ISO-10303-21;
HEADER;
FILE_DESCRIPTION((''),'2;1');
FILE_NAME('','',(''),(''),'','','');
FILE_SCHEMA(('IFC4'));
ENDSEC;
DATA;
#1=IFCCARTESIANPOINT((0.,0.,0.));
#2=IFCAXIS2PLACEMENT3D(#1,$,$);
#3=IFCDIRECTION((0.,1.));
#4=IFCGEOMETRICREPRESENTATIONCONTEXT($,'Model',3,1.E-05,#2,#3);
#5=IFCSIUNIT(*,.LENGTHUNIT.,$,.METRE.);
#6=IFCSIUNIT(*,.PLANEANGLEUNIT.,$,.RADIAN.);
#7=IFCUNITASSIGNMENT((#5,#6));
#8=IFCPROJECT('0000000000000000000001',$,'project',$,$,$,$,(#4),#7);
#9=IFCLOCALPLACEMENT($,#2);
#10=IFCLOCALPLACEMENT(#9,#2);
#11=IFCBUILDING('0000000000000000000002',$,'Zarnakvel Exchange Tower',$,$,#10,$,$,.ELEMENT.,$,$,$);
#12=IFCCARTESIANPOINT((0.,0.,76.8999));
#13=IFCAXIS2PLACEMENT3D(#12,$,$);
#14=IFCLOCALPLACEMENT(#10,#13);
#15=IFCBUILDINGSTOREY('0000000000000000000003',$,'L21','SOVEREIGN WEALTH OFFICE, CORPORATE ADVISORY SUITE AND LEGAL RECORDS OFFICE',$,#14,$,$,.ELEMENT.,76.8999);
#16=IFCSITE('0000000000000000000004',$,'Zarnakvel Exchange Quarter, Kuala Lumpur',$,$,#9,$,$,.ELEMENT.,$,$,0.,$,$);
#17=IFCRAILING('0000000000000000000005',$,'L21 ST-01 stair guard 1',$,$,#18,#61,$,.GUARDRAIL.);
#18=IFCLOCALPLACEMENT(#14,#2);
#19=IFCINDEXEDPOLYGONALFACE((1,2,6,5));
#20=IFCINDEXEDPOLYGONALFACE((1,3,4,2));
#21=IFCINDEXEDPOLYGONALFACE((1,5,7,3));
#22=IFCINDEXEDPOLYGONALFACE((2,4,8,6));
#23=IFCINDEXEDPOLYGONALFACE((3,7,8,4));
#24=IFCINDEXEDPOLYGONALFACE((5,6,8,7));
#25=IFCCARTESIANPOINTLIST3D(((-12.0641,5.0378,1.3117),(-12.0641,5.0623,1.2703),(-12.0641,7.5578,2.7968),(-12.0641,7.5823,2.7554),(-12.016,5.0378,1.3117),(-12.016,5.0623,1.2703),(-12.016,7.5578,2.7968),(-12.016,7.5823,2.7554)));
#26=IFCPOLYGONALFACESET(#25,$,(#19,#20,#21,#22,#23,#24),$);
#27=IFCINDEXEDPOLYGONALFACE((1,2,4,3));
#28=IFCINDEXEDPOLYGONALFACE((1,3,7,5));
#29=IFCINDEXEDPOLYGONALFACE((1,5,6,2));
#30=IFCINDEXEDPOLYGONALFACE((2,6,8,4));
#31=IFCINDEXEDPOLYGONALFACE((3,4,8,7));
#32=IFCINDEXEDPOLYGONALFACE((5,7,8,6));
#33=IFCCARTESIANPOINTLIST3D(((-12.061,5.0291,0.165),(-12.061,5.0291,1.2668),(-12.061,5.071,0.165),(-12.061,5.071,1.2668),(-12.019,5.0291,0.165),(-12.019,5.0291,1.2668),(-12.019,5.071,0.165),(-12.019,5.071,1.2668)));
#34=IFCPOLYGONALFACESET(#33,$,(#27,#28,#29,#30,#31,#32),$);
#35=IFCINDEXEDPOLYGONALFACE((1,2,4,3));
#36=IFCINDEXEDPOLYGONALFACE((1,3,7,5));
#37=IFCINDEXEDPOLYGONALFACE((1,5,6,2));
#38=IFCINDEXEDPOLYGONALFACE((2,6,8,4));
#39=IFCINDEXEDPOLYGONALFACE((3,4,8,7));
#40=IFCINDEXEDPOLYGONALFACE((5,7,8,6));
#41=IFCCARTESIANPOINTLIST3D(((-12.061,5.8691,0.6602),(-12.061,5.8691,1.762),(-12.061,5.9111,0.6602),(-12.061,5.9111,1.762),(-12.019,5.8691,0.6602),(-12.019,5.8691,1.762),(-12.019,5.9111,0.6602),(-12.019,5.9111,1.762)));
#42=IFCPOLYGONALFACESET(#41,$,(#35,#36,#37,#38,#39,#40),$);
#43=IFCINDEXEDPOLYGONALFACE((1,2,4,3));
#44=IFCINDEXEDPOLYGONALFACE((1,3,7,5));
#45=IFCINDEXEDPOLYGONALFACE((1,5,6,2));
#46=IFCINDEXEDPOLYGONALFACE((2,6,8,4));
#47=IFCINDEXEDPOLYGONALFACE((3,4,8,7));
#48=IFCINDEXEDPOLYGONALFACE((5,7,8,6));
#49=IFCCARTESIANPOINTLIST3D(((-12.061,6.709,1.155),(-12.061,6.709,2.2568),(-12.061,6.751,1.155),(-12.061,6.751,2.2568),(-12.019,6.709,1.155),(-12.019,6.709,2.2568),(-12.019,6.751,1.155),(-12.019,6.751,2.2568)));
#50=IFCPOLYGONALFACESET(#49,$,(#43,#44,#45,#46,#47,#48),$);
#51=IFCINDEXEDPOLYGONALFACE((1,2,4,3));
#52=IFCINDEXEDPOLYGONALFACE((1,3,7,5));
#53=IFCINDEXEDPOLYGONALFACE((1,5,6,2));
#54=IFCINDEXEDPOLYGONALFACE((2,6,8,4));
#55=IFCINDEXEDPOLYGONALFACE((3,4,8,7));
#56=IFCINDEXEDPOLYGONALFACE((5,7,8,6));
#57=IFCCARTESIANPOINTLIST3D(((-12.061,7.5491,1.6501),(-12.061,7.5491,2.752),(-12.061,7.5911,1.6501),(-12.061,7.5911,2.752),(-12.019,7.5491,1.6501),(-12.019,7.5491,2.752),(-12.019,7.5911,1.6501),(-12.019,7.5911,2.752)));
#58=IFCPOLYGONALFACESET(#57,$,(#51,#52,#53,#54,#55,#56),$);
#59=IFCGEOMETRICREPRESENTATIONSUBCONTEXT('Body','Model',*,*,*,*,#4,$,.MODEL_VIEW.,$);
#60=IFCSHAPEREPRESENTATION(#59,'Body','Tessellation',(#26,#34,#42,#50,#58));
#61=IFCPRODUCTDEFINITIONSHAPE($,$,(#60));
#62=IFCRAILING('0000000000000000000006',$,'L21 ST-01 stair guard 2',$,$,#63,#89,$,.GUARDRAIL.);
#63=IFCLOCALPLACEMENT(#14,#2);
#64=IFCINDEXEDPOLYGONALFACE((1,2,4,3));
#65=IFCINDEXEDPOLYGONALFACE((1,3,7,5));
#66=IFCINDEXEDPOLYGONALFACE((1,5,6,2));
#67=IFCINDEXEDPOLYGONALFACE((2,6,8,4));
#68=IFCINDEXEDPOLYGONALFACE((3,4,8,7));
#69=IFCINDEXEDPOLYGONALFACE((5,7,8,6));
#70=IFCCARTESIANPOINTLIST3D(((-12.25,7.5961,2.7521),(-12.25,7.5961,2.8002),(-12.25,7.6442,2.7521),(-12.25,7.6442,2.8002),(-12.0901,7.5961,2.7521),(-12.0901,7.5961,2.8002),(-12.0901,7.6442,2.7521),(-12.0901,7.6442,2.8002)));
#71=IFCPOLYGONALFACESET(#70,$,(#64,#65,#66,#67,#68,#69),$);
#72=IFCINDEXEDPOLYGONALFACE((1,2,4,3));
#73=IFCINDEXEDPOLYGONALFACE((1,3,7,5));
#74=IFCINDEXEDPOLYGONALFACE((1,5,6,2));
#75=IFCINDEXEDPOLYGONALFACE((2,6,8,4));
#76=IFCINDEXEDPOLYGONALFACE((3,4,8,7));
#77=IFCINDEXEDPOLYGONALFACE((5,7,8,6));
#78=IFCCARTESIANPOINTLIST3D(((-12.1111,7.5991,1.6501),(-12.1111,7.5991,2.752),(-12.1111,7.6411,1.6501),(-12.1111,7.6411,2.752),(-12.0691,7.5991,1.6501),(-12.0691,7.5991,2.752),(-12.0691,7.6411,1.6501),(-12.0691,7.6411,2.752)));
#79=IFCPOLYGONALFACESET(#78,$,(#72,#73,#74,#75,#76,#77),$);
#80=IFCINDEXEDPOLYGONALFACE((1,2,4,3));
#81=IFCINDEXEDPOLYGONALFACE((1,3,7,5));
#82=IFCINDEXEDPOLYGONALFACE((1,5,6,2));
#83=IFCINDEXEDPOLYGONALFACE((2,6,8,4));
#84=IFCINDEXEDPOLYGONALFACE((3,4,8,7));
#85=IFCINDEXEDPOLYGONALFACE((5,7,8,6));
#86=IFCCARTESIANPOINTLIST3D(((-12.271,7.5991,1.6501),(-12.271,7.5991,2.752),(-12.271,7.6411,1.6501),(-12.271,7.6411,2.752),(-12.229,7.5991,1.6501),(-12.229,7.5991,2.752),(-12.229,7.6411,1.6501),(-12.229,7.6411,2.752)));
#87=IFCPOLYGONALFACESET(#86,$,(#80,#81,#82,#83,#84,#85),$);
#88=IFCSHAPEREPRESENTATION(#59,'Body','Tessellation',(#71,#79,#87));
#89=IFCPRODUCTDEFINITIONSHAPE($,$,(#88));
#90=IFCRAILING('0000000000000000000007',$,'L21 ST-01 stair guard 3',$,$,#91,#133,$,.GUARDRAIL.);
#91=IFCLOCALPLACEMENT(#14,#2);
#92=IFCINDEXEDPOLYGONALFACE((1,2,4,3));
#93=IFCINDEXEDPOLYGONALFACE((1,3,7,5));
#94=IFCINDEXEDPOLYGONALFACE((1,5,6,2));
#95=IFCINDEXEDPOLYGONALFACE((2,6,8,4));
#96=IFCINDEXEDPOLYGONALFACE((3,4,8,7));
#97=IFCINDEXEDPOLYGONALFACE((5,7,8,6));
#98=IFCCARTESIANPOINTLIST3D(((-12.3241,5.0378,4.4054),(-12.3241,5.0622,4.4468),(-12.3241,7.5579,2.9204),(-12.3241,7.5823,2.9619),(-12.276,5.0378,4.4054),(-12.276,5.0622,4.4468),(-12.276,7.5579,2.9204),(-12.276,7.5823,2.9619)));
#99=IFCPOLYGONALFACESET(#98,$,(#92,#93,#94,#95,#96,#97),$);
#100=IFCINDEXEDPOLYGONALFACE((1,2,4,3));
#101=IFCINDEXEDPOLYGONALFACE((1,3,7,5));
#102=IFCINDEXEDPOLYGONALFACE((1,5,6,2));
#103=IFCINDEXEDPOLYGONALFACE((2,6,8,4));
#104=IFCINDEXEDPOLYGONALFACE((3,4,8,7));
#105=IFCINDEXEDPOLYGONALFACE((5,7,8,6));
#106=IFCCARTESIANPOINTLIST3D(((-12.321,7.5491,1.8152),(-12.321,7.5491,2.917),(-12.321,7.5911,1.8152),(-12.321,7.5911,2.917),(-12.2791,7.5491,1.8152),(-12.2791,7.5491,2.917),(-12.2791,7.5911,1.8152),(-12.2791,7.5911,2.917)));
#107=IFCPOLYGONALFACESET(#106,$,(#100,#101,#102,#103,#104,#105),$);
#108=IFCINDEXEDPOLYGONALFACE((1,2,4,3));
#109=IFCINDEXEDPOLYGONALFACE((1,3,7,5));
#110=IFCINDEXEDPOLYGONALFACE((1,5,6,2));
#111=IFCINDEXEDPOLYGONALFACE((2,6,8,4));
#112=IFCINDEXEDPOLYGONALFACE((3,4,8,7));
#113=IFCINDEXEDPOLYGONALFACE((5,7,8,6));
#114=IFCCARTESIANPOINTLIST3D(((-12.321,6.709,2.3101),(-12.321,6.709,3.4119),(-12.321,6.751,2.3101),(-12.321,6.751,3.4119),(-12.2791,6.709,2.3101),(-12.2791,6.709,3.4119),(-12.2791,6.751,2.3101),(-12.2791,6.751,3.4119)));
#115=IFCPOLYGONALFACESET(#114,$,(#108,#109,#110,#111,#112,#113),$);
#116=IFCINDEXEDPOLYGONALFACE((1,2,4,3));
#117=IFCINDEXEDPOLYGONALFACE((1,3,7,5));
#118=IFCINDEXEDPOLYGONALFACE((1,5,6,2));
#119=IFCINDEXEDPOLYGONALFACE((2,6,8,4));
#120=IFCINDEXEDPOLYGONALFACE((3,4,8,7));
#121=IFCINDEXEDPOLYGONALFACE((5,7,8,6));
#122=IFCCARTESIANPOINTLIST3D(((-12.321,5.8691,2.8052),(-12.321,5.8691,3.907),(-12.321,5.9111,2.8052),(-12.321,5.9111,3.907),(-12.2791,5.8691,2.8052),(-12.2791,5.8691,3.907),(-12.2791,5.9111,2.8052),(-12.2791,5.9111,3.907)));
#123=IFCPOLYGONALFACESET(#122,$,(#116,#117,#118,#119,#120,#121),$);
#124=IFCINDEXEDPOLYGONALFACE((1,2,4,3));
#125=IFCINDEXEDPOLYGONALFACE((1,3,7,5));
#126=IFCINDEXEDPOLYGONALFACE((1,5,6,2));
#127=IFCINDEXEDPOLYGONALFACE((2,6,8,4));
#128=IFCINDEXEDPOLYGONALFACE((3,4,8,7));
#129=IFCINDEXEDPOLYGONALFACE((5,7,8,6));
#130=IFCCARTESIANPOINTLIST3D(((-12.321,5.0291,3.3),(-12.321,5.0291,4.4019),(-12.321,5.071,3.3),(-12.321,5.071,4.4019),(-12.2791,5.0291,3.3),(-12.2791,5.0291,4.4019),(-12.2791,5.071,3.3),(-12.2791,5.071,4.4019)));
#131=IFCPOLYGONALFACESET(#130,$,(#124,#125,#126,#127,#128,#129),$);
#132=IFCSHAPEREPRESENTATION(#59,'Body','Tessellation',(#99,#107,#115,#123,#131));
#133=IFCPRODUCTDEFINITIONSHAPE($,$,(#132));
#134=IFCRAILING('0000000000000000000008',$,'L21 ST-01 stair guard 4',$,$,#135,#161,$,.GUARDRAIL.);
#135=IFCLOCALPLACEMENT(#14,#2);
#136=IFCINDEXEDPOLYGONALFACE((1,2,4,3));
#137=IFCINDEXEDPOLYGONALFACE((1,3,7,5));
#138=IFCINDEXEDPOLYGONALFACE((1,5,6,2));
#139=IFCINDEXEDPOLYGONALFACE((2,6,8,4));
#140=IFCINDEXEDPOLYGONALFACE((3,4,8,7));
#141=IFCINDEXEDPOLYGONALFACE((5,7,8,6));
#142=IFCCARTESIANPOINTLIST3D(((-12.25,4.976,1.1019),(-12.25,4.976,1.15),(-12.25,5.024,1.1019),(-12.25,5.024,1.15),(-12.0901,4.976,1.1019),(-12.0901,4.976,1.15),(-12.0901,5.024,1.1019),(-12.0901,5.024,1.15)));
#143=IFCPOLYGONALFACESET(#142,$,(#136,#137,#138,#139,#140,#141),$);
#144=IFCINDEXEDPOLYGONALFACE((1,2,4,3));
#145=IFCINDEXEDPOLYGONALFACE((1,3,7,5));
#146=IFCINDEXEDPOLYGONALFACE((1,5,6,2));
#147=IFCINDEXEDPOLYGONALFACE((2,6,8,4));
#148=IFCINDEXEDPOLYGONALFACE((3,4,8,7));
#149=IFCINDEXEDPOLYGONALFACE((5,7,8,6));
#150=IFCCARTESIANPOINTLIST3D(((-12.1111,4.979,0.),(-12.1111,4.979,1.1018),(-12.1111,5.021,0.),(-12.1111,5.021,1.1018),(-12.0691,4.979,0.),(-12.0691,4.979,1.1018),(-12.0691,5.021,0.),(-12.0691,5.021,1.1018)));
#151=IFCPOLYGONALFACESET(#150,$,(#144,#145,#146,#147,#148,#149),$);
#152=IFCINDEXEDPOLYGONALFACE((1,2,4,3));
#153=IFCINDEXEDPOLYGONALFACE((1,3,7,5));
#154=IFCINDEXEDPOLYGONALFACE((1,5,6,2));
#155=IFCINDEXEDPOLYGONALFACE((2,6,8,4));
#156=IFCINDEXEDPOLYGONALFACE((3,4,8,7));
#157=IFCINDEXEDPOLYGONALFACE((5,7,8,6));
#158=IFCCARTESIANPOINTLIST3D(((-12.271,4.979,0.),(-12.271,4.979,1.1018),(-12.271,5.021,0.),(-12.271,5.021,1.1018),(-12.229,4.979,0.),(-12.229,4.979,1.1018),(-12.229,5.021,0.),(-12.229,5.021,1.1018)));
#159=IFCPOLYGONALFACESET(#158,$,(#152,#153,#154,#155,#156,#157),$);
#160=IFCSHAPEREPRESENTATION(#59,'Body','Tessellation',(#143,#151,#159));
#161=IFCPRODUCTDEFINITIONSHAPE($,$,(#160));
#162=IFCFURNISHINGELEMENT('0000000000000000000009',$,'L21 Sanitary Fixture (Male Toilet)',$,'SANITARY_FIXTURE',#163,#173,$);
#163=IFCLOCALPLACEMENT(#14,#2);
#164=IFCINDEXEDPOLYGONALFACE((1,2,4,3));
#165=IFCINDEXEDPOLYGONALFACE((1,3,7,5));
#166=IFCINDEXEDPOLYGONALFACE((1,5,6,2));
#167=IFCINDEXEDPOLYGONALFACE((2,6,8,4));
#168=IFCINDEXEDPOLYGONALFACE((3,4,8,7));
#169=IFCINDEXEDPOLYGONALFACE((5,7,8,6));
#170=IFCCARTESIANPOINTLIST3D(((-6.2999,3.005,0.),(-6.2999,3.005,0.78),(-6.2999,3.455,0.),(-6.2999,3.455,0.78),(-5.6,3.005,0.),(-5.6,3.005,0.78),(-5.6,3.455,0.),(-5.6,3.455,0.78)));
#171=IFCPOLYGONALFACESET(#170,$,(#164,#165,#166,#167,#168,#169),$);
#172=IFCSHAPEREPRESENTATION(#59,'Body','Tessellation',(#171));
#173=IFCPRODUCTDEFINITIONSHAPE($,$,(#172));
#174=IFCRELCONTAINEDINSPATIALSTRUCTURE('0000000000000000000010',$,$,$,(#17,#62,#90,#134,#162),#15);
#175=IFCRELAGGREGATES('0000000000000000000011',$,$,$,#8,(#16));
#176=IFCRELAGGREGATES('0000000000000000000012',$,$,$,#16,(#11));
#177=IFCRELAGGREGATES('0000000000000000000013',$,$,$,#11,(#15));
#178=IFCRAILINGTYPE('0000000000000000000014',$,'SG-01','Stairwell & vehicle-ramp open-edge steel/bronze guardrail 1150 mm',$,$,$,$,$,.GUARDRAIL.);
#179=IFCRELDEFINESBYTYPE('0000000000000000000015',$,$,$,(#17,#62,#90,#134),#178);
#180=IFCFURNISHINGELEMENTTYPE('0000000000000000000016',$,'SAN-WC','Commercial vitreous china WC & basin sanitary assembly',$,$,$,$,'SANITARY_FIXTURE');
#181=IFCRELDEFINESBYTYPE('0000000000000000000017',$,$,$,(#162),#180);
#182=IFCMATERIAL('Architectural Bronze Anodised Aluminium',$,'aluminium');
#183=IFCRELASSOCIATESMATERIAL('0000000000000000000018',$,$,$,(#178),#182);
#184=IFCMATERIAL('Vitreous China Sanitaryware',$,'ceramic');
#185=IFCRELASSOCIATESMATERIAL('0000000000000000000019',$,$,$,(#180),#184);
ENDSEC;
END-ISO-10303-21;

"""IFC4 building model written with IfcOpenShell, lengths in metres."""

from ifc_helpers import new_model, si_unit, direction, frame, origin, origin_2d, place, context, subcontext, project, spatial, rectangle, extrude, source, transform, mapped, material, type_object, element, save


model = new_model("IFC4")

# Units and contexts
model_context = context("Model", 3, precision=1e-05, world=origin(), true_north=direction((0.0, 1.0)))
body_context = subcontext(model_context, "Body", "Model", "MODEL_VIEW")
ifc_project = project(units=[si_unit("LENGTHUNIT", "METRE"), si_unit("PLANEANGLEUNIT", "RADIAN")], contexts=[model_context])

# Site, building, storey
site_placement = place(None, origin())
site = spatial("IfcSite", under=ifc_project, at=site_placement, Name="Zarnakvel Exchange Quarter, Kuala Lumpur", CompositionType="ELEMENT", RefElevation=0.0)
building_placement = place(site_placement, origin())
building = spatial("IfcBuilding", under=site, at=building_placement, Name="Zarnakvel Exchange Tower", CompositionType="ELEMENT")
storey_placement = place(building_placement, frame((0.0, 0.0, 76.8999)))
storey = spatial("IfcBuildingStorey", under=building, at=storey_placement, Name="L21", Description="SOVEREIGN WEALTH OFFICE, CORPORATE ADVISORY SUITE AND LEGAL RECORDS OFFICE", CompositionType="ELEMENT", Elevation=76.8999)

# Railings
ifc_material_1 = material(Name="Architectural Bronze Anodised Aluminium", Category="aluminium")
railing_type_1 = type_object("IfcRailingType", Name="SG-01", Description="Stairwell & vehicle-ramp open-edge steel/bronze guardrail 1150 mm", PredefinedType="GUARDRAIL", material=ifc_material_1)
railing_1_placement = place(storey_placement, frame((-12.04, 5.05, 0.165)))
element("IfcRailing", 1, at=railing_1_placement, inside=storey, type_object=railing_type_1, Name="L21 ST-01 stair guard 1", PredefinedType="GUARDRAIL", context=body_context, shape_type="SweptSolid", body=[
    extrude(rectangle(XDim=0.0481, YDim=0.0481, at=origin_2d()), frame((0.0, 0.0, 1.126), z_axis=(0.0, 0.861524, 0.507717), x_axis=(-1.0, 0.0, 0.0)), (0.0, 0.0, 1.0), 2.925),
    extrude(rectangle(XDim=0.042, YDim=0.042, at=origin_2d()), origin(), (0.0, 0.0, 1.0), 1.1018),
    extrude(rectangle(XDim=0.042, YDim=0.042, at=origin_2d()), frame((0.0, 0.8401, 0.4951)), (0.0, 0.0, 1.0), 1.1018),
    extrude(rectangle(XDim=0.042, YDim=0.042, at=origin_2d()), frame((0.0, 1.6799, 0.99)), (0.0, 0.0, 1.0), 1.1018),
    extrude(rectangle(XDim=0.042, YDim=0.042, at=origin_2d()), frame((0.0, 2.52, 1.4851)), (0.0, 0.0, 1.0), 1.1018),
])
railing_2_placement = place(storey_placement, frame((-12.0901, 7.6201, 1.6501)))
element("IfcRailing", 2, at=railing_2_placement, inside=storey, type_object=railing_type_1, Name="L21 ST-01 stair guard 2", PredefinedType="GUARDRAIL", context=body_context, shape_type="SweptSolid", body=[
    extrude(rectangle(XDim=0.0481, YDim=0.0481, at=origin_2d()), frame((0.0, 0.0, 1.126), z_axis=(-1.0, 0.0, 0.0), x_axis=(0.0, -1.0, 0.0)), (0.0, 0.0, 1.0), 0.1599),
    extrude(rectangle(XDim=0.042, YDim=0.042, at=origin_2d()), origin(), (0.0, 0.0, 1.0), 1.1018),
    extrude(rectangle(XDim=0.042, YDim=0.042, at=origin_2d()), frame((-0.1599, 0.0, 0.0)), (0.0, 0.0, 1.0), 1.1018),
])
railing_3_placement = place(storey_placement, frame((-12.3, 7.5701, 1.8152)))
element("IfcRailing", 3, at=railing_3_placement, inside=storey, type_object=railing_type_1, Name="L21 ST-01 stair guard 3", PredefinedType="GUARDRAIL", context=body_context, shape_type="SweptSolid", body=[
    extrude(rectangle(XDim=0.0481, YDim=0.0481, at=origin_2d()), frame((0.0, 0.0, 1.126), z_axis=(0.0, -0.861561, 0.507655), x_axis=(1.0, 0.0, 0.0)), (0.0, 0.0, 1.0), 2.925),
    extrude(rectangle(XDim=0.042, YDim=0.042, at=origin_2d()), origin(), (0.0, 0.0, 1.0), 1.1018),
    extrude(rectangle(XDim=0.042, YDim=0.042, at=origin_2d()), frame((0.0, -0.8401, 0.4949)), (0.0, 0.0, 1.0), 1.1018),
    extrude(rectangle(XDim=0.042, YDim=0.042, at=origin_2d()), frame((0.0, -1.6799, 0.99)), (0.0, 0.0, 1.0), 1.1018),
    extrude(rectangle(XDim=0.042, YDim=0.042, at=origin_2d()), frame((0.0, -2.52, 1.4849)), (0.0, 0.0, 1.0), 1.1018),
])
railing_4_placement = place(storey_placement, frame((-12.0901, 5.0, 0.0)))
element("IfcRailing", 4, at=railing_4_placement, inside=storey, type_object=railing_type_1, Name="L21 ST-01 stair guard 4", PredefinedType="GUARDRAIL", context=body_context, shape_type="SweptSolid", body=[
    extrude(rectangle(XDim=0.0481, YDim=0.0481, at=origin_2d()), frame((0.0, 0.0, 1.126), z_axis=(-1.0, 0.0, 0.0), x_axis=(0.0, -1.0, 0.0)), (0.0, 0.0, 1.0), 0.1599),
    extrude(rectangle(XDim=0.042, YDim=0.042, at=origin_2d()), origin(), (0.0, 0.0, 1.0), 1.1018),
    extrude(rectangle(XDim=0.042, YDim=0.042, at=origin_2d()), frame((-0.1599, 0.0, 0.0)), (0.0, 0.0, 1.0), 1.1018),
])

# Furnishing element
ifc_material_2 = material(Name="Vitreous China Sanitaryware", Category="ceramic")
furnishing_element_type = type_object("IfcFurnishingElementType", Name="SAN-WC", Description="Commercial vitreous china WC & basin sanitary assembly", ElementType="SANITARY_FIXTURE", material=ifc_material_2)
shared_shape_1 = source(origin(), body_context, "Body", "SweptSolid", [
    extrude(rectangle(XDim=0.7, YDim=0.45, at=origin_2d()), origin(), (0.0, 0.0, 1.0), 0.78),
])
furnishing_placement = place(storey_placement, frame((-5.95, 3.23, 0.0), z_axis=(0.0, 0.0, 1.0), x_axis=(1.0, 0.0, 0.0)))
element("IfcFurnishingElement", 5, at=furnishing_placement, inside=storey, type_object=furnishing_element_type, Name="L21 Sanitary Fixture (Male Toilet)", ObjectType="SANITARY_FIXTURE", context=body_context, shape_type="MappedRepresentation", body=[
    mapped(shared_shape_1, transform((0.0, 0.0, 0.0), x_axis=(1.0, 0.0, 0.0), y_axis=(0.0, 1.0, 0.0), z_axis=(0.0, 0.0, 1.0), scale=1.0)),
])

save(model, "model.ifc")
